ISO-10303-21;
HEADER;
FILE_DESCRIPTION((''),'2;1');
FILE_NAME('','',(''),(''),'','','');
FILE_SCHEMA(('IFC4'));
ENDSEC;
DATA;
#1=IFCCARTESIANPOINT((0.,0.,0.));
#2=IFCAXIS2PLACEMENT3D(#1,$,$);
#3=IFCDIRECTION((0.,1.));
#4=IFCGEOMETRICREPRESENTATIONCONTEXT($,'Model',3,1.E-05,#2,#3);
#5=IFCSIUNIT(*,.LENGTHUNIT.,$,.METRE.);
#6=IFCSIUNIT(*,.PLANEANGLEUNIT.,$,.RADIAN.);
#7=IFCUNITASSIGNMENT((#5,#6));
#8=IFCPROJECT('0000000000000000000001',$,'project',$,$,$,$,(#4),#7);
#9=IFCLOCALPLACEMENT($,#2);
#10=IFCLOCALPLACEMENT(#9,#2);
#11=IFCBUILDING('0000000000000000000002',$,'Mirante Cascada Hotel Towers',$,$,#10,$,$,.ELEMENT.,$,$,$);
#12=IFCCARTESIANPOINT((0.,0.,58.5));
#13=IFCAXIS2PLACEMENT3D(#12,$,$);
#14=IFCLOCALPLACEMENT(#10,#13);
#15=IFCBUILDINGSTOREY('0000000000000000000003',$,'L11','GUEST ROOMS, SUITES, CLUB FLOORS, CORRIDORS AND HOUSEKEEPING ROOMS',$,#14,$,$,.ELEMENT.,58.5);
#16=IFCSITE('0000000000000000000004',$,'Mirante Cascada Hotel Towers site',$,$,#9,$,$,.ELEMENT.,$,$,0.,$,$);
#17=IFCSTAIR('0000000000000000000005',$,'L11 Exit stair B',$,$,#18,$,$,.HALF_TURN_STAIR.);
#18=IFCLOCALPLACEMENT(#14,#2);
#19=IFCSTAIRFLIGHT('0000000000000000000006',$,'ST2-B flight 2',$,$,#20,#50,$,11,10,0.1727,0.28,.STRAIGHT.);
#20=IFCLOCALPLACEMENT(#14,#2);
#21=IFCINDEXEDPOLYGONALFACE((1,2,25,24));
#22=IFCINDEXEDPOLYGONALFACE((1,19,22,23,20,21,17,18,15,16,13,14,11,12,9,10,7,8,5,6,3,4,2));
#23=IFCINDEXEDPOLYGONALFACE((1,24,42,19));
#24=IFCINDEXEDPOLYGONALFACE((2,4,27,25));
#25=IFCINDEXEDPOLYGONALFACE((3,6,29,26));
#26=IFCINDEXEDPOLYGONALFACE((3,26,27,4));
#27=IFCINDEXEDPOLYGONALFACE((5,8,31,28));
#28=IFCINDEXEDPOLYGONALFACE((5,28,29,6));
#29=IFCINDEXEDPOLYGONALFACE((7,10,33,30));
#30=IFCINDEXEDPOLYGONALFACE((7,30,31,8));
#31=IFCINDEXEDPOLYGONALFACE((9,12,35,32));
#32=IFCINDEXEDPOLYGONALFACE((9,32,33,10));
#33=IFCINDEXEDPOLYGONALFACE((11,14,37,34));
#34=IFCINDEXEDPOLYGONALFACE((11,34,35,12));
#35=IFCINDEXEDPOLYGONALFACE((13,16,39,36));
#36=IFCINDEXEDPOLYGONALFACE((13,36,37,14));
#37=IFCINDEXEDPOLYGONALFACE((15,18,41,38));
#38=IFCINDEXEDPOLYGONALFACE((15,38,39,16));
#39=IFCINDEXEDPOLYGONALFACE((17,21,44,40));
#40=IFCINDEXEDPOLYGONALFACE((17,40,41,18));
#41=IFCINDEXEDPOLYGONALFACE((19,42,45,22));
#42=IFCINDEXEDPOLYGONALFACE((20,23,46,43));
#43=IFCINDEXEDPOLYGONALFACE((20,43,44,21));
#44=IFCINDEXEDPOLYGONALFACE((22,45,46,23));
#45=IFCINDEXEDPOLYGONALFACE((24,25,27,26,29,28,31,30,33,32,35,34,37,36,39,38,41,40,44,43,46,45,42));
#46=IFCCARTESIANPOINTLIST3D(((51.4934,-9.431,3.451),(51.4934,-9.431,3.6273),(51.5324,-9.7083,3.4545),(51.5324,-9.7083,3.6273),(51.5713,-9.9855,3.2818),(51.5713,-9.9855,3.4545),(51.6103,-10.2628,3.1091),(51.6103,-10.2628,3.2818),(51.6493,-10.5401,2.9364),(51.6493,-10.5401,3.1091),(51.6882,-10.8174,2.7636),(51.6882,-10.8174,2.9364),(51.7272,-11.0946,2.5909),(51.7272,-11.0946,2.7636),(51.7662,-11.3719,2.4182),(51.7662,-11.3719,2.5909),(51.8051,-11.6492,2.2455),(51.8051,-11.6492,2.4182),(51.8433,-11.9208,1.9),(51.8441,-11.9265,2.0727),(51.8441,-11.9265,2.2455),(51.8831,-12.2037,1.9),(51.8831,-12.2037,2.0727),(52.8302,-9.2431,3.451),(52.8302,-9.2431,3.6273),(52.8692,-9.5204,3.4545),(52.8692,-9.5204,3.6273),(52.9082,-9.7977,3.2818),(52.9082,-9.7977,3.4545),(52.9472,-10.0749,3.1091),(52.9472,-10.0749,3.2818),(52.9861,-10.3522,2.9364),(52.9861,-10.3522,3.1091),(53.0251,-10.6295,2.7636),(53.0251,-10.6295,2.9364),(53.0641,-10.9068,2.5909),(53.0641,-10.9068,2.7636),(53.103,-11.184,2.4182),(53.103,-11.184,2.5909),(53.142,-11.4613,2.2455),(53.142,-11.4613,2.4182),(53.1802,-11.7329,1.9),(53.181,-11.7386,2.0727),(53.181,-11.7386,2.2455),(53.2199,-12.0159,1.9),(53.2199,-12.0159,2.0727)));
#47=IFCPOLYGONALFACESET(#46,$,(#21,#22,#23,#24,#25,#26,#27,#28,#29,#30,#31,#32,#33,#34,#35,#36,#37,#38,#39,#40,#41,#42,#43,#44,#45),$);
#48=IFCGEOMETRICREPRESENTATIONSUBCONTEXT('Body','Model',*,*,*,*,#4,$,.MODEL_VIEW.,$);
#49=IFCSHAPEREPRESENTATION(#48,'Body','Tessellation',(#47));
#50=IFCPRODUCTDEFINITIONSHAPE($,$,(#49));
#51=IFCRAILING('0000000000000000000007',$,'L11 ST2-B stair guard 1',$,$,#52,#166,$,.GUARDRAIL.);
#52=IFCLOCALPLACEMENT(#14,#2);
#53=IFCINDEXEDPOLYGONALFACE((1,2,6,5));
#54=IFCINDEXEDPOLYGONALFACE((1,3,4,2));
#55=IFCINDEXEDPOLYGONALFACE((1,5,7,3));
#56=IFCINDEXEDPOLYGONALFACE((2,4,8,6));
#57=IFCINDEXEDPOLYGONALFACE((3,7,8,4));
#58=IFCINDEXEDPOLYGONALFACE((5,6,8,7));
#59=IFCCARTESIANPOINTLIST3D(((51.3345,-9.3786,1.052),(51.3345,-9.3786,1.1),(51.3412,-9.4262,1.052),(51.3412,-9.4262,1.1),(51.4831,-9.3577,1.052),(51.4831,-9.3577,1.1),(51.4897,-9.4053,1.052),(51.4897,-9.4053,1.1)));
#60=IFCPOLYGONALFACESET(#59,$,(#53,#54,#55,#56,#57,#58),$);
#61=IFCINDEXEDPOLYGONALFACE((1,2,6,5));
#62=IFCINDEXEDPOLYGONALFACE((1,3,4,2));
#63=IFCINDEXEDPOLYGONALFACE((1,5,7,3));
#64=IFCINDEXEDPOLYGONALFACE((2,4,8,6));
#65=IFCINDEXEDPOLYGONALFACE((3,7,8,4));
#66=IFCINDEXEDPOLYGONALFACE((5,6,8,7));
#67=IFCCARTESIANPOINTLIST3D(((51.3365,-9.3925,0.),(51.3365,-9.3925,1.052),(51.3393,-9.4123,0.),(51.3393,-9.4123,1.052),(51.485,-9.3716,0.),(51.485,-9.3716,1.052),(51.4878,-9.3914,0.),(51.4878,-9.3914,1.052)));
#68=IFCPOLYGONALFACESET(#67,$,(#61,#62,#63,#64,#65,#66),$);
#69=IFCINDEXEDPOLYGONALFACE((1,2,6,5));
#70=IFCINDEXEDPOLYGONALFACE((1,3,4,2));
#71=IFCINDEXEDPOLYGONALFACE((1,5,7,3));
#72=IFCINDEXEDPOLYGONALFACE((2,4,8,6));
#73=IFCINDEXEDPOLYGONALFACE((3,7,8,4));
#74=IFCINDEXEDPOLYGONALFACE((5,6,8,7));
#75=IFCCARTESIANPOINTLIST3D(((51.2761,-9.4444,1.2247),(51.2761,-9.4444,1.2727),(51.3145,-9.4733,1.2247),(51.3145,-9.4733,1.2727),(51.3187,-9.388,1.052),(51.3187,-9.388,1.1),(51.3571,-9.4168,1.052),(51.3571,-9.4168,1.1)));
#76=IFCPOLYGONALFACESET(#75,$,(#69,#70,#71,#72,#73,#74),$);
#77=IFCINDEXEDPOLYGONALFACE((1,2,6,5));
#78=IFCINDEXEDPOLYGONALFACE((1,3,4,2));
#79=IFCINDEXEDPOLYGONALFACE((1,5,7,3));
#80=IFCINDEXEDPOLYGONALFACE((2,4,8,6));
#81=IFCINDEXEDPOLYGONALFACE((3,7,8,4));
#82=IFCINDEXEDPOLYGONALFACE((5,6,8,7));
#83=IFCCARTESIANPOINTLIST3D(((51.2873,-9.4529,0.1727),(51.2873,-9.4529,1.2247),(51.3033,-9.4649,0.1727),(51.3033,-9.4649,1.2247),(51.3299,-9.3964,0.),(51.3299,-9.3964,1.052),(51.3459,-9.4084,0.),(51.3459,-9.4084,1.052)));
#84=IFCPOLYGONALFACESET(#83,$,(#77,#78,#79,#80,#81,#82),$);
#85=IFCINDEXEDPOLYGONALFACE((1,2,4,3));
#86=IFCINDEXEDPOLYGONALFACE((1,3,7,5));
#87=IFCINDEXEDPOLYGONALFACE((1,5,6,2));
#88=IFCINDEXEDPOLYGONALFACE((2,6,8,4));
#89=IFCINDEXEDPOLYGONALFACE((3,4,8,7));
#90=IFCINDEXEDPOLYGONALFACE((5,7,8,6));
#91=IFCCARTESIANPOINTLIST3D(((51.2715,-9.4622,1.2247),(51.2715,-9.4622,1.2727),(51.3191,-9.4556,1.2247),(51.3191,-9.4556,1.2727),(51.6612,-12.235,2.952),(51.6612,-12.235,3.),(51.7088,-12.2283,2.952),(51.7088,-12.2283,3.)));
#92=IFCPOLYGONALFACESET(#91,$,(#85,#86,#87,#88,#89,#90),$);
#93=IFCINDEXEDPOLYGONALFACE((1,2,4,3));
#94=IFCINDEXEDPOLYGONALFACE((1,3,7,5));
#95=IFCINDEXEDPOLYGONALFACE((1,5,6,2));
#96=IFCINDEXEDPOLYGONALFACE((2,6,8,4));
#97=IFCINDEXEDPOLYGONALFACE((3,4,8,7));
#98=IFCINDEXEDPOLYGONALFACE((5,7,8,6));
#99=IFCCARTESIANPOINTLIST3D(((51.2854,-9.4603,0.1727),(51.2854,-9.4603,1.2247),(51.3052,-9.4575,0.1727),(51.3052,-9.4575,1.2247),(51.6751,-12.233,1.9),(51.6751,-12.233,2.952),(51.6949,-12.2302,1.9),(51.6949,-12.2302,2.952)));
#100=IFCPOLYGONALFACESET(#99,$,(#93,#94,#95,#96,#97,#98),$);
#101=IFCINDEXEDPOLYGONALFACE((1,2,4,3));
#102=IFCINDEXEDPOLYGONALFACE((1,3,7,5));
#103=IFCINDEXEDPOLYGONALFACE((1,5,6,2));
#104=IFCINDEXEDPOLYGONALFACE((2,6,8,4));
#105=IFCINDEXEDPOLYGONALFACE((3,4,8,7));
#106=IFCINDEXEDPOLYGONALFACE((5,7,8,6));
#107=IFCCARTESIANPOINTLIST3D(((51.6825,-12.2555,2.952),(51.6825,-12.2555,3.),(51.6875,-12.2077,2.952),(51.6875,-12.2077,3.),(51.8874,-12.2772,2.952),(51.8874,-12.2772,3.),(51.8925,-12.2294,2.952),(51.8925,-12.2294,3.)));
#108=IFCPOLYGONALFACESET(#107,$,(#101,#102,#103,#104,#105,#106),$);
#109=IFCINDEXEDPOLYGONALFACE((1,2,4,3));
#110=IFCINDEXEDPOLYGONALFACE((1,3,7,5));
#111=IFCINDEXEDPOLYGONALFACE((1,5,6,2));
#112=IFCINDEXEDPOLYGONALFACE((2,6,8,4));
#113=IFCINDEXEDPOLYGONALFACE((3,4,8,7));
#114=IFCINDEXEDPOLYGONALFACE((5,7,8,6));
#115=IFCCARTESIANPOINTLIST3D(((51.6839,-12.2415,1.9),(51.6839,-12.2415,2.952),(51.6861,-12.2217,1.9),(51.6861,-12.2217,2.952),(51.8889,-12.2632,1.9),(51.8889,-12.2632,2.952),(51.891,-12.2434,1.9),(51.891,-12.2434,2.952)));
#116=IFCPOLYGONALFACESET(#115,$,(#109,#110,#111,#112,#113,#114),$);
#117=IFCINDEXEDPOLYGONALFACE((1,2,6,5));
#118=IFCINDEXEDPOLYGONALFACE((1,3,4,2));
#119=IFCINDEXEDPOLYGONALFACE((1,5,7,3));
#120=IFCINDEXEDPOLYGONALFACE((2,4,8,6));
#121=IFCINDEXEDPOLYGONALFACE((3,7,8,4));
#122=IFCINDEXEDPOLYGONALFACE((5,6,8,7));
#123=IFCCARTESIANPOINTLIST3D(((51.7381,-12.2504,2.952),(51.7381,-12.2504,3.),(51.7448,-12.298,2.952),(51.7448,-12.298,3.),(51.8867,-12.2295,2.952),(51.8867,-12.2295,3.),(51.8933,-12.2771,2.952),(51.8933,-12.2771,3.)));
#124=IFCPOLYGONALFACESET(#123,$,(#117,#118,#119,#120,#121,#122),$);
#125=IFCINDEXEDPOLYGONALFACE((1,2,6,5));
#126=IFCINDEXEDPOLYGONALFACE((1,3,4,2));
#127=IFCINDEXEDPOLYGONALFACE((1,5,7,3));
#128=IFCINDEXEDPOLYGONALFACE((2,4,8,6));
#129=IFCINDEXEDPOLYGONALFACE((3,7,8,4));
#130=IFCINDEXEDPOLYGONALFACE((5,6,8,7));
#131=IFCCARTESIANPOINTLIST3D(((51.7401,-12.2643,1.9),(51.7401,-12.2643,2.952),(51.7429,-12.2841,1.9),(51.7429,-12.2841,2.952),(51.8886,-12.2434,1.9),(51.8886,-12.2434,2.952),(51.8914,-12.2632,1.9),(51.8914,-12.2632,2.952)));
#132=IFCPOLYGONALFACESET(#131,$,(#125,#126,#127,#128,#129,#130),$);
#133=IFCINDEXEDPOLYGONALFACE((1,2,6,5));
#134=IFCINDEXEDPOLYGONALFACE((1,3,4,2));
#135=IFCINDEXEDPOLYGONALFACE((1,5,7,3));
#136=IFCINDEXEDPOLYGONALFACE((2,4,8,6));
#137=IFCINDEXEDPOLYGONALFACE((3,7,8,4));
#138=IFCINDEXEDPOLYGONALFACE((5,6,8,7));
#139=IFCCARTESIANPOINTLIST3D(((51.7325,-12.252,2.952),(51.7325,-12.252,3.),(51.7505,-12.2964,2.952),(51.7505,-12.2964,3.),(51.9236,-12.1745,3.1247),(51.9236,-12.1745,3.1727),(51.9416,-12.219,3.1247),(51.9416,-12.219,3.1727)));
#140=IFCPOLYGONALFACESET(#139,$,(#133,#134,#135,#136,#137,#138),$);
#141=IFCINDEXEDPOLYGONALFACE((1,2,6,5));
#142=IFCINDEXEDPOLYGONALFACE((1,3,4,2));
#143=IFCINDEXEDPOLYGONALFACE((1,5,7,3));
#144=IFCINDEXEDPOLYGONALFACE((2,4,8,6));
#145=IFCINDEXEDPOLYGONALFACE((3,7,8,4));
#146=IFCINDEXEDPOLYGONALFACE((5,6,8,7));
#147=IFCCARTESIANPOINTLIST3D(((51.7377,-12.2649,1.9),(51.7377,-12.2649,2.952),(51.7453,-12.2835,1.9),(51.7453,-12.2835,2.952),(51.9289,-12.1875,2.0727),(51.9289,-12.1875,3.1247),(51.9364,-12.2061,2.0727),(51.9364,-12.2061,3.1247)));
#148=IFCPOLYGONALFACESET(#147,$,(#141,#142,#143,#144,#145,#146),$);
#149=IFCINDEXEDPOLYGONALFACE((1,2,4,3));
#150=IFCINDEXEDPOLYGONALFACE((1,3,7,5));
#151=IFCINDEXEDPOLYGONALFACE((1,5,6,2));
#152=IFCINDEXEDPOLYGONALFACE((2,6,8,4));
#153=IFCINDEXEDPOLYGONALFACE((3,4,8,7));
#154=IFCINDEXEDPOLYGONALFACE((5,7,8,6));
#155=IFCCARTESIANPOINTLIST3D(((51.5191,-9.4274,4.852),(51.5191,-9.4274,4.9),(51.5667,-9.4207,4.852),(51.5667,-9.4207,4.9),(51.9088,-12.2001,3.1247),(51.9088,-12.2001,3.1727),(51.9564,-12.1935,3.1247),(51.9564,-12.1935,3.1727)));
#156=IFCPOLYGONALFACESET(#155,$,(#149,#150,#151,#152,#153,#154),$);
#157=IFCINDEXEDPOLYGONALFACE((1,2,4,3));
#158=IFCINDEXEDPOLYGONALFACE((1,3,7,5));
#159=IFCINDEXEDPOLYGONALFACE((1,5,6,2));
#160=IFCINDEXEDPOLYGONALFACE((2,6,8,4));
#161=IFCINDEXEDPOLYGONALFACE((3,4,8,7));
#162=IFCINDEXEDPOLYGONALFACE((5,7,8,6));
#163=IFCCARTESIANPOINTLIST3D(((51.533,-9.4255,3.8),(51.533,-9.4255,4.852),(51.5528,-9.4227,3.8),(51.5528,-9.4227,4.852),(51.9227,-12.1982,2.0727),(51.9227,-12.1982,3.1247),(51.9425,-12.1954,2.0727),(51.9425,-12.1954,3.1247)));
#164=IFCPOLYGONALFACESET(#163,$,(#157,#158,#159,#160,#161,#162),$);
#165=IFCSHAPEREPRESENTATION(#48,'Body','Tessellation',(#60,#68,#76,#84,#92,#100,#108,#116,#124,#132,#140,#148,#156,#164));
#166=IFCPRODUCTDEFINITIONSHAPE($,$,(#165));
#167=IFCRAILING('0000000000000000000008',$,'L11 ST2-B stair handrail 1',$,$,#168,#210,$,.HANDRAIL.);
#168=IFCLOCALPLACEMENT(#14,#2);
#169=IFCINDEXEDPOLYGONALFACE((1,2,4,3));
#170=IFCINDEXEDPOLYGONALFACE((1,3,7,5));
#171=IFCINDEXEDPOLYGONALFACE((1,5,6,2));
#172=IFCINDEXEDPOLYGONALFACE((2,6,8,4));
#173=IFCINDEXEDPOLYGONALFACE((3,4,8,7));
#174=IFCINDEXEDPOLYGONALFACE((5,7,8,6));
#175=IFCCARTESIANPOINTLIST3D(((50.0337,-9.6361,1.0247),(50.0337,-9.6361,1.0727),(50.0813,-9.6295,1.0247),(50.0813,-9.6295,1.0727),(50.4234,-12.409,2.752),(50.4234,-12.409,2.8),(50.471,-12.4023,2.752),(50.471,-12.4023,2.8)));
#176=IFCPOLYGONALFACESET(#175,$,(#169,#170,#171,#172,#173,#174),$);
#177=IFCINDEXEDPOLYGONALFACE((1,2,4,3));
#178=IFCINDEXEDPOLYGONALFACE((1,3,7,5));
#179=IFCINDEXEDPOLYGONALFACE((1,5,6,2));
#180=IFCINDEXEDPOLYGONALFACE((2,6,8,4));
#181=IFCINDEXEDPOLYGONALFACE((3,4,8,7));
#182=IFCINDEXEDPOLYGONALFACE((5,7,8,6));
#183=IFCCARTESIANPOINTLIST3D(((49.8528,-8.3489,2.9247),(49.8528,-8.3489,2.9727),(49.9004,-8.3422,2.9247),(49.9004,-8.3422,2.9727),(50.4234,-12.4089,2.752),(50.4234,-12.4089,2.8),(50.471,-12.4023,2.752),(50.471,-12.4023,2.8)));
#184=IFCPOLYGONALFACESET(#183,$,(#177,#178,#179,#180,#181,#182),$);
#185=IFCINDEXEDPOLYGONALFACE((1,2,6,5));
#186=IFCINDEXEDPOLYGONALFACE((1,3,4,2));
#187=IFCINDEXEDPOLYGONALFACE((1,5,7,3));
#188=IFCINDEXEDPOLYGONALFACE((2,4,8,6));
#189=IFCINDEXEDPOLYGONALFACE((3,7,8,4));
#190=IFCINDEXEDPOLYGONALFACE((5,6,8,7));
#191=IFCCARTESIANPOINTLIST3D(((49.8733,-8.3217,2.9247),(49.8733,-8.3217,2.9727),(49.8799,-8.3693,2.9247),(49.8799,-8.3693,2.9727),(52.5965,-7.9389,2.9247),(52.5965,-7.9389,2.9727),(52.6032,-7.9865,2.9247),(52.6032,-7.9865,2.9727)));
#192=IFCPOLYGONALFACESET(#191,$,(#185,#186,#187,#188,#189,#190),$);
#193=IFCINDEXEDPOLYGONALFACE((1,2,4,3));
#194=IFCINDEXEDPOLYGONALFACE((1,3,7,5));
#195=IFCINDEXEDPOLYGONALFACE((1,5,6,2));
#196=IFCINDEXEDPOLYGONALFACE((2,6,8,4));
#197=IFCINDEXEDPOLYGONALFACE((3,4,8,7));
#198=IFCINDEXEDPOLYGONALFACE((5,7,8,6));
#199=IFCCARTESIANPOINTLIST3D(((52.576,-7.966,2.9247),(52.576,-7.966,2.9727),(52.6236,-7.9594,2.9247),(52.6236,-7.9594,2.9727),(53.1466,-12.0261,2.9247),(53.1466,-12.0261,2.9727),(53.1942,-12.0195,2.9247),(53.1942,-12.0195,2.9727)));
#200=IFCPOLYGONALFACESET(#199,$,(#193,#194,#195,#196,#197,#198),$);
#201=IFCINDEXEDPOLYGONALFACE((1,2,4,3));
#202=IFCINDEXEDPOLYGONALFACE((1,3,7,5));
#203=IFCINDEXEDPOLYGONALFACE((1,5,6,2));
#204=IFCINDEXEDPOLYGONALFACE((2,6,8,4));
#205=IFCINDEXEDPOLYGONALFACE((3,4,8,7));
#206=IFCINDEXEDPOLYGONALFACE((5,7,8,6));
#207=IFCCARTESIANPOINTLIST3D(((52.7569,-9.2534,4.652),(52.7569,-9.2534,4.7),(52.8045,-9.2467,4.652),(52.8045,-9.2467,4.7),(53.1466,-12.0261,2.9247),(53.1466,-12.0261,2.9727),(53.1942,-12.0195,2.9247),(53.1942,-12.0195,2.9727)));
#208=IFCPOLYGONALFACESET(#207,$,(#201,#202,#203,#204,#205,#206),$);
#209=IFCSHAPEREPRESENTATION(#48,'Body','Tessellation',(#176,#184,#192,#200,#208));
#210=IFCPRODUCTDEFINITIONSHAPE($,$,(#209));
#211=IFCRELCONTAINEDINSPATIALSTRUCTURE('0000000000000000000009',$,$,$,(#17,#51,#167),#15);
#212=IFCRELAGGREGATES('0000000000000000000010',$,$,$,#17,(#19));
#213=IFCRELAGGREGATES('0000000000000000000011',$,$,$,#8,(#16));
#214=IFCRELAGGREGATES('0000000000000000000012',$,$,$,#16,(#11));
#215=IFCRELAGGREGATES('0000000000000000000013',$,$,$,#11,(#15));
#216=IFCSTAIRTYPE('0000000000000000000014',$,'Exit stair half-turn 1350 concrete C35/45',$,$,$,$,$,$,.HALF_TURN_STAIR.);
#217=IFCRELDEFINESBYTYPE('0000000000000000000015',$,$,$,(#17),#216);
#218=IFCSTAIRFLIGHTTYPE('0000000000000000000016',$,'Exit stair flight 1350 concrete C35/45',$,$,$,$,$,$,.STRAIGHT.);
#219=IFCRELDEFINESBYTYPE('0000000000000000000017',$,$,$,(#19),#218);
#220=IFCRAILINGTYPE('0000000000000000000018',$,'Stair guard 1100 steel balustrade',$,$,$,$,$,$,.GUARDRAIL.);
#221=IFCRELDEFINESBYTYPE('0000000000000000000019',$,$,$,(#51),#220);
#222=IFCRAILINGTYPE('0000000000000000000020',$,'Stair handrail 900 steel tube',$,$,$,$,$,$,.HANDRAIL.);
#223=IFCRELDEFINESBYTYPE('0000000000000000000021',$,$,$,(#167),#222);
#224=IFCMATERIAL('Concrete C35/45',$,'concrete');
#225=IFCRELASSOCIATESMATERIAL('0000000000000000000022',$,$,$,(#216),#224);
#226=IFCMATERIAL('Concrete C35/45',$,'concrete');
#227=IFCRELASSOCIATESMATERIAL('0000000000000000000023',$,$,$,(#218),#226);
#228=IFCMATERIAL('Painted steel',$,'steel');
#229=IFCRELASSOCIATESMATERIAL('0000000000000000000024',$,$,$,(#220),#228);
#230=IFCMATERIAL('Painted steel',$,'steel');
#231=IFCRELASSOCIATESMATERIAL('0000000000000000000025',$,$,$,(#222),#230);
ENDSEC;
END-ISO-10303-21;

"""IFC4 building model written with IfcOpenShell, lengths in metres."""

from ifc_helpers import new_model, si_unit, direction, frame, origin, origin_2d, place, context, subcontext, project, spatial, polyline, rectangle, outline, extrude, material, type_object, element, aggregate, save


model = new_model("IFC4")

# Units and contexts
model_context = context("Model", 3, precision=1e-05, world=origin(), true_north=direction((0.0, 1.0)))
body_context = subcontext(model_context, "Body", "Model", "MODEL_VIEW")
ifc_project = project(units=[si_unit("LENGTHUNIT", "METRE"), si_unit("PLANEANGLEUNIT", "RADIAN")], contexts=[model_context])

# Site, building, storey
site_placement = place(None, origin())
site = spatial("IfcSite", under=ifc_project, at=site_placement, Name="Mirante Cascada Hotel Towers site", CompositionType="ELEMENT", RefElevation=0.0)
building_placement = place(site_placement, origin())
building = spatial("IfcBuilding", under=site, at=building_placement, Name="Mirante Cascada Hotel Towers", CompositionType="ELEMENT")
storey_placement = place(building_placement, frame((0.0, 0.0, 58.5)))
storey = spatial("IfcBuildingStorey", under=building, at=storey_placement, Name="L11", Description="GUEST ROOMS, SUITES, CLUB FLOORS, CORRIDORS AND HOUSEKEEPING ROOMS", CompositionType="ELEMENT", Elevation=58.5)

# Stair, stair flight
ifc_material_1 = material(Name="Concrete C35/45", Category="concrete")
stair_type = type_object("IfcStairType", Name="Exit stair half-turn 1350 concrete C35/45", PredefinedType="HALF_TURN_STAIR", material=ifc_material_1)
stair_placement = place(storey_placement, origin())
stair = element("IfcStair", 1, at=stair_placement, inside=storey, type_object=stair_type, Name="L11 Exit stair B", PredefinedType="HALF_TURN_STAIR")
ifc_material_2 = material(Name="Concrete C35/45", Category="concrete")
stair_flight_type = type_object("IfcStairFlightType", Name="Exit stair flight 1350 concrete C35/45", PredefinedType="STRAIGHT", material=ifc_material_2)
stair_flight_1_placement = place(storey_placement, frame((52.5515, -12.1098, 1.9), z_axis=(0.0, 0.0, 1.0), x_axis=(-0.139173, 0.990268, 0.0)))
stair_flight_1 = element("IfcStairFlight", 2, at=stair_flight_1_placement, type_object=stair_flight_type, Name="ST2-B flight 2", NumberOfRisers=11, NumberOfTreads=10, PredefinedType="STRAIGHT", RiserHeight=0.1727, TreadLength=0.28, context=body_context, shape_type="SweptSolid", body=[
    extrude(outline(polyline([(0.0, 0.0), (0.0, 0.1727), (0.28, 0.1727), (0.28, 0.3455), (0.56, 0.3455), (0.56, 0.5182), (0.84, 0.5182), (0.84, 0.6909), (1.12, 0.6909), (1.12, 0.8636), (1.4, 0.8636), (1.4, 1.0364), (1.68, 1.0364), (1.68, 1.2091), (1.96, 1.2091), (1.96, 1.3818), (2.24, 1.3818), (2.24, 1.5545), (2.52, 1.5545), (2.52, 1.7273), (2.8, 1.7273), (2.8, 1.9), (2.8, 1.551), (0.2857, 0.0), (0.0, 0.0)])), frame((0.0, 0.675, 0.0), z_axis=(0.0, -1.0, 0.0), x_axis=(1.0, 0.0, 0.0)), (0.0, 0.0, 1.0), 1.35),
])
aggregate(stair, [stair_flight_1])

# Railings
ifc_material_3 = material(Name="Painted steel", Category="steel")
railing_type_1 = type_object("IfcRailingType", Name="Stair guard 1100 steel balustrade", PredefinedType="GUARDRAIL", material=ifc_material_3)
railing_1_placement = place(storey_placement, frame((51.4864, -9.3815, 0.0)))
element("IfcRailing", 3, at=railing_1_placement, inside=storey, type_object=railing_type_1, Name="L11 ST2-B stair guard 1", PredefinedType="GUARDRAIL", context=body_context, shape_type="SweptSolid", body=[
    extrude(rectangle(XDim=0.048, YDim=0.048, at=origin_2d()), frame((0.0, 0.0, 1.076), z_axis=(-0.990241, -0.139367, 0.0), x_axis=(0.139367, -0.990241, 0.0)), (0.0, 0.0, 1.0), 0.15),
    extrude(rectangle(XDim=0.02, YDim=1.052, at=origin_2d()), frame((0.0, 0.0, 0.526), z_axis=(-0.990241, -0.139367, 0.0), x_axis=(0.139367, -0.990241, 0.0)), (0.0, 0.0, 1.0), 0.15),
    extrude(rectangle(XDim=0.048, YDim=0.048, at=origin_2d()), frame((-0.1485, -0.0209, 1.076), z_axis=(-0.602033, -0.798471, 0.0), x_axis=(0.798471, -0.602033, 0.0)), (0.0, 0.92534, 0.379139), 0.1866),
    extrude(rectangle(XDim=0.02, YDim=1.052, at=origin_2d()), frame((-0.1485, -0.0209, 0.526), z_axis=(-0.602033, -0.798471, 0.0), x_axis=(0.798471, -0.602033, 0.0)), (0.0, 0.92534, 0.379139), 0.1866),
    extrude(rectangle(XDim=0.048, YDim=0.048, at=origin_2d()), frame((-0.1911, -0.0774, 1.2487), z_axis=(0.139181, -0.990267, 0.0), x_axis=(0.990267, 0.139181, 0.0)), (0.0, 0.525035, 0.851081), 3.2899),
    extrude(rectangle(XDim=0.02, YDim=1.052, at=origin_2d()), frame((-0.1911, -0.0774, 0.6987), z_axis=(0.139181, -0.990267, 0.0), x_axis=(0.990267, 0.139181, 0.0)), (0.0, 0.525035, 0.851081), 3.2899),
    extrude(rectangle(XDim=0.048, YDim=0.048, at=origin_2d()), frame((0.1986, -2.8501, 2.976), z_axis=(0.994444, -0.105266, 0.0), x_axis=(0.105266, 0.994444, 0.0)), (0.0, 0.0, 1.0), 0.2061),
    extrude(rectangle(XDim=0.02, YDim=1.052, at=origin_2d()), frame((0.1986, -2.8501, 2.426), z_axis=(0.994444, -0.105266, 0.0), x_axis=(0.105266, 0.994444, 0.0)), (0.0, 0.0, 1.0), 0.2061),
    extrude(rectangle(XDim=0.048, YDim=0.048, at=origin_2d()), frame((0.4036, -2.8718, 2.976), z_axis=(-0.990241, -0.139367, 0.0), x_axis=(0.139367, -0.990241, 0.0)), (0.0, 0.0, 1.0), 0.15),
    extrude(rectangle(XDim=0.02, YDim=1.052, at=origin_2d()), frame((0.4036, -2.8718, 2.426), z_axis=(-0.990241, -0.139367, 0.0), x_axis=(0.139367, -0.990241, 0.0)), (0.0, 0.0, 1.0), 0.15),
    extrude(rectangle(XDim=0.048, YDim=0.048, at=origin_2d()), frame((0.2551, -2.8927, 2.976), z_axis=(0.926862, 0.375401, 0.0), x_axis=(-0.375401, 0.926862, 0.0)), (0.0, 0.642122, 0.766603), 0.269),
    extrude(rectangle(XDim=0.02, YDim=1.052, at=origin_2d()), frame((0.2551, -2.8927, 2.426), z_axis=(0.926862, 0.375401, 0.0), x_axis=(-0.375401, 0.926862, 0.0)), (0.0, 0.642122, 0.766603), 0.269),
    extrude(rectangle(XDim=0.048, YDim=0.048, at=origin_2d()), frame((0.4462, -2.8153, 3.1487), z_axis=(-0.139181, 0.990267, 0.0), x_axis=(-0.990267, -0.139181, 0.0)), (0.0, 0.525035, 0.851081), 3.2899),
    extrude(rectangle(XDim=0.02, YDim=1.052, at=origin_2d()), frame((0.4462, -2.8153, 2.5987), z_axis=(-0.139181, 0.990267, 0.0), x_axis=(-0.990267, -0.139181, 0.0)), (0.0, 0.525035, 0.851081), 3.2899),
])
ifc_material_4 = material(Name="Painted steel", Category="steel")
railing_type_2 = type_object("IfcRailingType", Name="Stair handrail 900 steel tube", PredefinedType="HANDRAIL", material=ifc_material_4)
railing_2_placement = place(storey_placement, frame((50.0575, -9.6328, 0.1727)))
element("IfcRailing", 4, at=railing_2_placement, inside=storey, type_object=railing_type_2, Name="L11 ST2-B stair handrail 1", PredefinedType="HANDRAIL", context=body_context, shape_type="SweptSolid", body=[
    extrude(rectangle(XDim=0.048, YDim=0.048, at=origin_2d()), frame((0.0, 0.0, 0.876), z_axis=(0.139176, -0.990268, 0.0), x_axis=(0.990268, 0.139176, 0.0)), (0.0, 0.525021, 0.851089), 3.29),
    extrude(rectangle(XDim=0.048, YDim=0.048, at=origin_2d()), frame((0.3897, -2.7728, 2.6033), z_axis=(-0.139171, 0.990268, 0.0), x_axis=(-0.990268, -0.139171, 0.0)), (0.0, 0.042085, 0.999114), 4.1036),
    extrude(rectangle(XDim=0.048, YDim=0.048, at=origin_2d()), frame((-0.1809, 1.2873, 2.776), z_axis=(0.990264, 0.139201, 0.0), x_axis=(-0.139201, 0.990264, 0.0)), (0.0, 0.0, 1.0), 2.75),
    extrude(rectangle(XDim=0.048, YDim=0.048, at=origin_2d()), frame((2.5423, 1.6701, 2.776), z_axis=(0.139171, -0.990268, 0.0), x_axis=(0.990268, 0.139171, 0.0)), (0.0, 0.0, 1.0), 4.1),
    extrude(rectangle(XDim=0.048, YDim=0.048, at=origin_2d()), frame((3.1129, -2.39, 2.776), z_axis=(-0.139181, 0.990267, 0.0), x_axis=(-0.990267, -0.139181, 0.0)), (0.0, 0.525035, 0.851081), 3.2899),
])

save(model, "model.ifc")
